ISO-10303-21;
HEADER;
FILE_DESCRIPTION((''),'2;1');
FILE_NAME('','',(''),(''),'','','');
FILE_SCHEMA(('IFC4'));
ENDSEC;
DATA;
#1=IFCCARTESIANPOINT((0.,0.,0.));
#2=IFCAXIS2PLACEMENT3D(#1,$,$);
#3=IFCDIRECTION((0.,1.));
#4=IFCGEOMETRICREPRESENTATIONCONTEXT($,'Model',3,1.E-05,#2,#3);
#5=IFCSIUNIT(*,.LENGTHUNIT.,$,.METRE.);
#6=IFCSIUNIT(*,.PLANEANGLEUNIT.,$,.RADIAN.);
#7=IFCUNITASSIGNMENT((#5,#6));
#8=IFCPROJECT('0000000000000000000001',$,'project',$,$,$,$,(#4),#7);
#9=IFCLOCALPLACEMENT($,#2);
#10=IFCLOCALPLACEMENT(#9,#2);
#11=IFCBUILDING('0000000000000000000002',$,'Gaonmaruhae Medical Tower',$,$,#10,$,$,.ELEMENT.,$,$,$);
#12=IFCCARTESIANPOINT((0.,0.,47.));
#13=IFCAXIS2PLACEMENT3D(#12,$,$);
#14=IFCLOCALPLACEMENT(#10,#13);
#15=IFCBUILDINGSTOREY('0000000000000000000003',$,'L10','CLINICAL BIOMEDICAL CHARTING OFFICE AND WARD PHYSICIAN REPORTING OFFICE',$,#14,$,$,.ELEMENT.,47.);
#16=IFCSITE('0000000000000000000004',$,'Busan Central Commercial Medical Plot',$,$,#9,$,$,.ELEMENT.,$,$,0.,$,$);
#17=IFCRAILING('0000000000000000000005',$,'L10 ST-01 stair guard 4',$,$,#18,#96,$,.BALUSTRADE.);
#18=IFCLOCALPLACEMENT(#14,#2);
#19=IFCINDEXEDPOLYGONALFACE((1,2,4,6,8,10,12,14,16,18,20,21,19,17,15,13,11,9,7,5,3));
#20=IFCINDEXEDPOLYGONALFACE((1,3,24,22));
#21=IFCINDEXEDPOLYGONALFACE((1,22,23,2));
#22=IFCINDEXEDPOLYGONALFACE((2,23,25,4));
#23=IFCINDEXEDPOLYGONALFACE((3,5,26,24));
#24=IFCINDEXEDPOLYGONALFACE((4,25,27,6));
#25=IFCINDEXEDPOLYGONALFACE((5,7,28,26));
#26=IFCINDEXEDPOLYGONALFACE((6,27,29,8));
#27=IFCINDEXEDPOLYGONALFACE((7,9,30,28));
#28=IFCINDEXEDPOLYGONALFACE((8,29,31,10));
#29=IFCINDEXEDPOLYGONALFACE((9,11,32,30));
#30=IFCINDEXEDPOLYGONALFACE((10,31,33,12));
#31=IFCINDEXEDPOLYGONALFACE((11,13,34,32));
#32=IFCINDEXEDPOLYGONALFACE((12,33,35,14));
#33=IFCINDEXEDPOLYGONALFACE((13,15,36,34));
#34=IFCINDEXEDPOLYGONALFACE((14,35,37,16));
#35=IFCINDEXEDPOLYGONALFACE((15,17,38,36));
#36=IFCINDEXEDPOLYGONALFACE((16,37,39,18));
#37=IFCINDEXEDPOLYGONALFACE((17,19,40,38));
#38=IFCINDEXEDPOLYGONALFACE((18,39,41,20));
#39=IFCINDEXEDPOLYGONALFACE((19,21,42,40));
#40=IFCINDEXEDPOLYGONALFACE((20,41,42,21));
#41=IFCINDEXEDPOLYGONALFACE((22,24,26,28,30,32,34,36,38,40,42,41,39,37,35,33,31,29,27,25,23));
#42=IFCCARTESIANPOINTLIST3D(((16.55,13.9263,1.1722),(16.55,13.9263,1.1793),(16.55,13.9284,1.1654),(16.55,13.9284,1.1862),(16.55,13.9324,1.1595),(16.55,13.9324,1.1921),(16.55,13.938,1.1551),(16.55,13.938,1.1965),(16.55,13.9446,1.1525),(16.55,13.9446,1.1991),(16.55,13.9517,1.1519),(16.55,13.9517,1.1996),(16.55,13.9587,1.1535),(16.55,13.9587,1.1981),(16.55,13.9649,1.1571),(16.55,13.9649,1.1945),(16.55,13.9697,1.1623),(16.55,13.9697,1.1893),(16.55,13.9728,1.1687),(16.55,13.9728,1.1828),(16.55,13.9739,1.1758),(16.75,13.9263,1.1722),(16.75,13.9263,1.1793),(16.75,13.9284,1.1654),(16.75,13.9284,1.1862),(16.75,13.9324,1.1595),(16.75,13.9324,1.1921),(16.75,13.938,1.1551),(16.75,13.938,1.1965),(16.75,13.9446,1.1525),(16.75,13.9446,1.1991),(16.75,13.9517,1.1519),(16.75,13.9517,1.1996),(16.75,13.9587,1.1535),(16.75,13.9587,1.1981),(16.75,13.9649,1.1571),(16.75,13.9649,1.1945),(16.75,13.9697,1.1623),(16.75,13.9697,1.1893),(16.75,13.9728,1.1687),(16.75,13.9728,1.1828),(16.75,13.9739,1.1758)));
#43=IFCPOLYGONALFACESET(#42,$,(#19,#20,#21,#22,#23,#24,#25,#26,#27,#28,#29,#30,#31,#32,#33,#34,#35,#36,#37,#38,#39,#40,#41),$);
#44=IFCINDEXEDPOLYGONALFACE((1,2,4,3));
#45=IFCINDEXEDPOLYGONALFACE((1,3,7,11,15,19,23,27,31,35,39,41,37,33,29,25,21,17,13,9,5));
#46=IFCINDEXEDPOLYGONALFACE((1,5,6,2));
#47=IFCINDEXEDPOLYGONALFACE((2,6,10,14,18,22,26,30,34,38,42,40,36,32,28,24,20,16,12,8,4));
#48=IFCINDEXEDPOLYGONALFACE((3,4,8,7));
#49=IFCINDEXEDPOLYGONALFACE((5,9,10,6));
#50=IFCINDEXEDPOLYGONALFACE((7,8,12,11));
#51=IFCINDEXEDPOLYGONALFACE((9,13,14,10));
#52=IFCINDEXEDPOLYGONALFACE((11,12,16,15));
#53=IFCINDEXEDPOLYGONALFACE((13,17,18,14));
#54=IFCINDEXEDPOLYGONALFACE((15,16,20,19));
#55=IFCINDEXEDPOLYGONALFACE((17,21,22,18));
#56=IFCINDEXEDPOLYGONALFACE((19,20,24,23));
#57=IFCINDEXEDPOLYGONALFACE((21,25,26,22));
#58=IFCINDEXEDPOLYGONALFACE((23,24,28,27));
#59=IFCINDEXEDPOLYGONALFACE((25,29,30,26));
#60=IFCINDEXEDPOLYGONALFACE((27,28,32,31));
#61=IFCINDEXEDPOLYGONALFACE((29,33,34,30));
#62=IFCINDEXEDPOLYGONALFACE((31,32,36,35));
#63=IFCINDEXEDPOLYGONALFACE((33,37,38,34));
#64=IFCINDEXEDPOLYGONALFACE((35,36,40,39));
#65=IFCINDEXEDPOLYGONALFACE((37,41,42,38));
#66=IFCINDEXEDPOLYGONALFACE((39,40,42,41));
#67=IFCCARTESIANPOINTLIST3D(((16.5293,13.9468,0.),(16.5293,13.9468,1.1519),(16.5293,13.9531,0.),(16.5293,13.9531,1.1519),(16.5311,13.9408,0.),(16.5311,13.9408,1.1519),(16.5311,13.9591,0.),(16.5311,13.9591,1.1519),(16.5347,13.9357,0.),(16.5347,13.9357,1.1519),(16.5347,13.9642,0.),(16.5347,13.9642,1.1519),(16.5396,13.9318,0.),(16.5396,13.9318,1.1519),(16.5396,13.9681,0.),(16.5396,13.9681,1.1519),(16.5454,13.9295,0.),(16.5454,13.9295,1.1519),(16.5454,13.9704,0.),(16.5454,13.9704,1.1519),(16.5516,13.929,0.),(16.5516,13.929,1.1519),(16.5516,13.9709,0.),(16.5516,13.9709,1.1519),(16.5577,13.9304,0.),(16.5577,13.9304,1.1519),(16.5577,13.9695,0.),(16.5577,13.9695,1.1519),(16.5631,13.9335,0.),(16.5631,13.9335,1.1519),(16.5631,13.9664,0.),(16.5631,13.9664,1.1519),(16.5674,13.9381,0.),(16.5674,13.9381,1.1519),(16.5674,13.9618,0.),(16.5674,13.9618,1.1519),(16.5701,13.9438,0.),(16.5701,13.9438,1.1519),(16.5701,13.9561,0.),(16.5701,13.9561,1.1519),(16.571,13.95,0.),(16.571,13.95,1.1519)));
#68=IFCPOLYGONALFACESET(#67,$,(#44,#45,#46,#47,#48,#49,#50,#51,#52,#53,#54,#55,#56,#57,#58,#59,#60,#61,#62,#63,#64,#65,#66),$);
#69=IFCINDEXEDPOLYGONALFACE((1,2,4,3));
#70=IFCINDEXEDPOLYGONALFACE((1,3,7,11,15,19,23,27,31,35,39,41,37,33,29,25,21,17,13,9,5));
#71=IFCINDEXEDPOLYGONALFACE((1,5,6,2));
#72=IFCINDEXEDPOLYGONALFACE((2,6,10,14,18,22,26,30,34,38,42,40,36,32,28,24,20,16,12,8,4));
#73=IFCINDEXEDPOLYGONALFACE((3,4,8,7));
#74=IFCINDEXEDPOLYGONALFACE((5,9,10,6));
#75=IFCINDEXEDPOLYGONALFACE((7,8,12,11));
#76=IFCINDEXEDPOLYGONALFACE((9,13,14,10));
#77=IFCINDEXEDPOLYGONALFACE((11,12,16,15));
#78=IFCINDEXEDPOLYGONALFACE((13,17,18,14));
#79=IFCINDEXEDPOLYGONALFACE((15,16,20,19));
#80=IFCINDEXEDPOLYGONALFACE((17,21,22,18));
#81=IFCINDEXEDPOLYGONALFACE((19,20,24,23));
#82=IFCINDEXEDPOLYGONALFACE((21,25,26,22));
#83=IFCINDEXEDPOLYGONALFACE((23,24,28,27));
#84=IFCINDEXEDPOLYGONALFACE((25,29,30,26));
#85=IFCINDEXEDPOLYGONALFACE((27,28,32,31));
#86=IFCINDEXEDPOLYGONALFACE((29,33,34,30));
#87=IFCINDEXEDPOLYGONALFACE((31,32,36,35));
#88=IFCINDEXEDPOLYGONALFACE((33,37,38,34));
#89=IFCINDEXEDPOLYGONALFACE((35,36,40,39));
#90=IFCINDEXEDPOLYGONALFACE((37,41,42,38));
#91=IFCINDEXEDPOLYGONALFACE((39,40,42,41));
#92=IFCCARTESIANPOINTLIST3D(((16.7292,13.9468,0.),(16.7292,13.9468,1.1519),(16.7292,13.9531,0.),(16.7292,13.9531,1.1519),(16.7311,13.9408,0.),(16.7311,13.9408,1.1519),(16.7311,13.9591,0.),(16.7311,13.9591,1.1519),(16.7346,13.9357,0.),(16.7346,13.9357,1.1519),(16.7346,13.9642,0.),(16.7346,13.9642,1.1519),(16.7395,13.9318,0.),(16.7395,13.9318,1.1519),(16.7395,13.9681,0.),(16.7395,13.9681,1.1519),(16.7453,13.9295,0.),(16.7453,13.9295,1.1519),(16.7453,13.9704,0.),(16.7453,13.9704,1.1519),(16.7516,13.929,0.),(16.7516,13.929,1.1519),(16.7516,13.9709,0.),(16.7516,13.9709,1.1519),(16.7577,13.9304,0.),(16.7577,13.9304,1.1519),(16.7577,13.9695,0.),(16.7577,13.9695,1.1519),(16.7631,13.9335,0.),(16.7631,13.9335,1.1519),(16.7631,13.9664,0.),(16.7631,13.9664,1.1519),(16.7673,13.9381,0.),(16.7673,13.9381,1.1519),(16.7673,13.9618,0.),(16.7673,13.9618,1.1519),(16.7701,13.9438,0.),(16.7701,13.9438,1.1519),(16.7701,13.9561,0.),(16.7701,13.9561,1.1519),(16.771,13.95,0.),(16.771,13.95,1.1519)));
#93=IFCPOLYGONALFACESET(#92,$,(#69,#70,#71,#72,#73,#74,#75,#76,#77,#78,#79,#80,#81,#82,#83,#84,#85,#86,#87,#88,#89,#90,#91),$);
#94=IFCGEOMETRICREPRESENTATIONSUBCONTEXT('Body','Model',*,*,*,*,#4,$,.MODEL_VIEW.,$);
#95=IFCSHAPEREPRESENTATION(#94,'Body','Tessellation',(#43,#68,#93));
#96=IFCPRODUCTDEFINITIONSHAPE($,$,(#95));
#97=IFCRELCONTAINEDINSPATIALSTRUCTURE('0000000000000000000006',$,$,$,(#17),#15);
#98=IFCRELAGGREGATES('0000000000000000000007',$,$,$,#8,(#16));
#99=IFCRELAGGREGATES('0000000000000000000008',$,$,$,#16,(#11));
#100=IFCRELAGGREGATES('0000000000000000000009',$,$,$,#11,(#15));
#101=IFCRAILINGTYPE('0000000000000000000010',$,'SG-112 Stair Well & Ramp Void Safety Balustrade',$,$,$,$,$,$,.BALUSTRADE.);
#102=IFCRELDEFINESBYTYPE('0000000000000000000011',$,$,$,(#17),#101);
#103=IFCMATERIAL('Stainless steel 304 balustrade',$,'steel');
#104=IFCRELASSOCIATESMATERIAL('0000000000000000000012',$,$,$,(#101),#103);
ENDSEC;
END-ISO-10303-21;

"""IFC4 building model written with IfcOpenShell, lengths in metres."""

from ifc_helpers import new_model, si_unit, direction, frame, origin, origin_2d, place, context, subcontext, project, spatial, circle, extrude, material, type_object, element, save


model = new_model("IFC4")

# Units and contexts
model_context = context("Model", 3, precision=1e-05, world=origin(), true_north=direction((0.0, 1.0)))
body_context = subcontext(model_context, "Body", "Model", "MODEL_VIEW")
ifc_project = project(units=[si_unit("LENGTHUNIT", "METRE"), si_unit("PLANEANGLEUNIT", "RADIAN")], contexts=[model_context])

# Site, building, storey
site_placement = place(None, origin())
site = spatial("IfcSite", under=ifc_project, at=site_placement, Name="Busan Central Commercial Medical Plot", CompositionType="ELEMENT", RefElevation=0.0)
building_placement = place(site_placement, origin())
building = spatial("IfcBuilding", under=site, at=building_placement, Name="Gaonmaruhae Medical Tower", CompositionType="ELEMENT")
storey_placement = place(building_placement, frame((0.0, 0.0, 47.0)))
storey = spatial("IfcBuildingStorey", under=building, at=storey_placement, Name="L10", Description="CLINICAL BIOMEDICAL CHARTING OFFICE AND WARD PHYSICIAN REPORTING OFFICE", CompositionType="ELEMENT", Elevation=47.0)

# Railing
ifc_material_1 = material(Name="Stainless steel 304 balustrade", Category="steel")
railing_type_1 = type_object("IfcRailingType", Name="SG-112 Stair Well & Ramp Void Safety Balustrade", PredefinedType="BALUSTRADE", material=ifc_material_1)
railing_1_placement = place(storey_placement, frame((16.55, 13.95, 0.0)))
element("IfcRailing", 1, at=railing_1_placement, inside=storey, type_object=railing_type_1, Name="L10 ST-01 stair guard 4", PredefinedType="BALUSTRADE", context=body_context, shape_type="SweptSolid", body=[
    extrude(circle(Radius=0.0239, at=origin_2d()), frame((0.0, 0.0, 1.1758), z_axis=(1.0, 0.0, 0.0), x_axis=(0.0, 1.0, 0.0)), (0.0, 0.0, 1.0), 0.2),
    extrude(circle(Radius=0.021, at=origin_2d()), origin(), (0.0, 0.0, 1.0), 1.1519),
    extrude(circle(Radius=0.021, at=origin_2d()), frame((0.2, 0.0, 0.0)), (0.0, 0.0, 1.0), 1.1519),
])

save(model, "model.ifc")
